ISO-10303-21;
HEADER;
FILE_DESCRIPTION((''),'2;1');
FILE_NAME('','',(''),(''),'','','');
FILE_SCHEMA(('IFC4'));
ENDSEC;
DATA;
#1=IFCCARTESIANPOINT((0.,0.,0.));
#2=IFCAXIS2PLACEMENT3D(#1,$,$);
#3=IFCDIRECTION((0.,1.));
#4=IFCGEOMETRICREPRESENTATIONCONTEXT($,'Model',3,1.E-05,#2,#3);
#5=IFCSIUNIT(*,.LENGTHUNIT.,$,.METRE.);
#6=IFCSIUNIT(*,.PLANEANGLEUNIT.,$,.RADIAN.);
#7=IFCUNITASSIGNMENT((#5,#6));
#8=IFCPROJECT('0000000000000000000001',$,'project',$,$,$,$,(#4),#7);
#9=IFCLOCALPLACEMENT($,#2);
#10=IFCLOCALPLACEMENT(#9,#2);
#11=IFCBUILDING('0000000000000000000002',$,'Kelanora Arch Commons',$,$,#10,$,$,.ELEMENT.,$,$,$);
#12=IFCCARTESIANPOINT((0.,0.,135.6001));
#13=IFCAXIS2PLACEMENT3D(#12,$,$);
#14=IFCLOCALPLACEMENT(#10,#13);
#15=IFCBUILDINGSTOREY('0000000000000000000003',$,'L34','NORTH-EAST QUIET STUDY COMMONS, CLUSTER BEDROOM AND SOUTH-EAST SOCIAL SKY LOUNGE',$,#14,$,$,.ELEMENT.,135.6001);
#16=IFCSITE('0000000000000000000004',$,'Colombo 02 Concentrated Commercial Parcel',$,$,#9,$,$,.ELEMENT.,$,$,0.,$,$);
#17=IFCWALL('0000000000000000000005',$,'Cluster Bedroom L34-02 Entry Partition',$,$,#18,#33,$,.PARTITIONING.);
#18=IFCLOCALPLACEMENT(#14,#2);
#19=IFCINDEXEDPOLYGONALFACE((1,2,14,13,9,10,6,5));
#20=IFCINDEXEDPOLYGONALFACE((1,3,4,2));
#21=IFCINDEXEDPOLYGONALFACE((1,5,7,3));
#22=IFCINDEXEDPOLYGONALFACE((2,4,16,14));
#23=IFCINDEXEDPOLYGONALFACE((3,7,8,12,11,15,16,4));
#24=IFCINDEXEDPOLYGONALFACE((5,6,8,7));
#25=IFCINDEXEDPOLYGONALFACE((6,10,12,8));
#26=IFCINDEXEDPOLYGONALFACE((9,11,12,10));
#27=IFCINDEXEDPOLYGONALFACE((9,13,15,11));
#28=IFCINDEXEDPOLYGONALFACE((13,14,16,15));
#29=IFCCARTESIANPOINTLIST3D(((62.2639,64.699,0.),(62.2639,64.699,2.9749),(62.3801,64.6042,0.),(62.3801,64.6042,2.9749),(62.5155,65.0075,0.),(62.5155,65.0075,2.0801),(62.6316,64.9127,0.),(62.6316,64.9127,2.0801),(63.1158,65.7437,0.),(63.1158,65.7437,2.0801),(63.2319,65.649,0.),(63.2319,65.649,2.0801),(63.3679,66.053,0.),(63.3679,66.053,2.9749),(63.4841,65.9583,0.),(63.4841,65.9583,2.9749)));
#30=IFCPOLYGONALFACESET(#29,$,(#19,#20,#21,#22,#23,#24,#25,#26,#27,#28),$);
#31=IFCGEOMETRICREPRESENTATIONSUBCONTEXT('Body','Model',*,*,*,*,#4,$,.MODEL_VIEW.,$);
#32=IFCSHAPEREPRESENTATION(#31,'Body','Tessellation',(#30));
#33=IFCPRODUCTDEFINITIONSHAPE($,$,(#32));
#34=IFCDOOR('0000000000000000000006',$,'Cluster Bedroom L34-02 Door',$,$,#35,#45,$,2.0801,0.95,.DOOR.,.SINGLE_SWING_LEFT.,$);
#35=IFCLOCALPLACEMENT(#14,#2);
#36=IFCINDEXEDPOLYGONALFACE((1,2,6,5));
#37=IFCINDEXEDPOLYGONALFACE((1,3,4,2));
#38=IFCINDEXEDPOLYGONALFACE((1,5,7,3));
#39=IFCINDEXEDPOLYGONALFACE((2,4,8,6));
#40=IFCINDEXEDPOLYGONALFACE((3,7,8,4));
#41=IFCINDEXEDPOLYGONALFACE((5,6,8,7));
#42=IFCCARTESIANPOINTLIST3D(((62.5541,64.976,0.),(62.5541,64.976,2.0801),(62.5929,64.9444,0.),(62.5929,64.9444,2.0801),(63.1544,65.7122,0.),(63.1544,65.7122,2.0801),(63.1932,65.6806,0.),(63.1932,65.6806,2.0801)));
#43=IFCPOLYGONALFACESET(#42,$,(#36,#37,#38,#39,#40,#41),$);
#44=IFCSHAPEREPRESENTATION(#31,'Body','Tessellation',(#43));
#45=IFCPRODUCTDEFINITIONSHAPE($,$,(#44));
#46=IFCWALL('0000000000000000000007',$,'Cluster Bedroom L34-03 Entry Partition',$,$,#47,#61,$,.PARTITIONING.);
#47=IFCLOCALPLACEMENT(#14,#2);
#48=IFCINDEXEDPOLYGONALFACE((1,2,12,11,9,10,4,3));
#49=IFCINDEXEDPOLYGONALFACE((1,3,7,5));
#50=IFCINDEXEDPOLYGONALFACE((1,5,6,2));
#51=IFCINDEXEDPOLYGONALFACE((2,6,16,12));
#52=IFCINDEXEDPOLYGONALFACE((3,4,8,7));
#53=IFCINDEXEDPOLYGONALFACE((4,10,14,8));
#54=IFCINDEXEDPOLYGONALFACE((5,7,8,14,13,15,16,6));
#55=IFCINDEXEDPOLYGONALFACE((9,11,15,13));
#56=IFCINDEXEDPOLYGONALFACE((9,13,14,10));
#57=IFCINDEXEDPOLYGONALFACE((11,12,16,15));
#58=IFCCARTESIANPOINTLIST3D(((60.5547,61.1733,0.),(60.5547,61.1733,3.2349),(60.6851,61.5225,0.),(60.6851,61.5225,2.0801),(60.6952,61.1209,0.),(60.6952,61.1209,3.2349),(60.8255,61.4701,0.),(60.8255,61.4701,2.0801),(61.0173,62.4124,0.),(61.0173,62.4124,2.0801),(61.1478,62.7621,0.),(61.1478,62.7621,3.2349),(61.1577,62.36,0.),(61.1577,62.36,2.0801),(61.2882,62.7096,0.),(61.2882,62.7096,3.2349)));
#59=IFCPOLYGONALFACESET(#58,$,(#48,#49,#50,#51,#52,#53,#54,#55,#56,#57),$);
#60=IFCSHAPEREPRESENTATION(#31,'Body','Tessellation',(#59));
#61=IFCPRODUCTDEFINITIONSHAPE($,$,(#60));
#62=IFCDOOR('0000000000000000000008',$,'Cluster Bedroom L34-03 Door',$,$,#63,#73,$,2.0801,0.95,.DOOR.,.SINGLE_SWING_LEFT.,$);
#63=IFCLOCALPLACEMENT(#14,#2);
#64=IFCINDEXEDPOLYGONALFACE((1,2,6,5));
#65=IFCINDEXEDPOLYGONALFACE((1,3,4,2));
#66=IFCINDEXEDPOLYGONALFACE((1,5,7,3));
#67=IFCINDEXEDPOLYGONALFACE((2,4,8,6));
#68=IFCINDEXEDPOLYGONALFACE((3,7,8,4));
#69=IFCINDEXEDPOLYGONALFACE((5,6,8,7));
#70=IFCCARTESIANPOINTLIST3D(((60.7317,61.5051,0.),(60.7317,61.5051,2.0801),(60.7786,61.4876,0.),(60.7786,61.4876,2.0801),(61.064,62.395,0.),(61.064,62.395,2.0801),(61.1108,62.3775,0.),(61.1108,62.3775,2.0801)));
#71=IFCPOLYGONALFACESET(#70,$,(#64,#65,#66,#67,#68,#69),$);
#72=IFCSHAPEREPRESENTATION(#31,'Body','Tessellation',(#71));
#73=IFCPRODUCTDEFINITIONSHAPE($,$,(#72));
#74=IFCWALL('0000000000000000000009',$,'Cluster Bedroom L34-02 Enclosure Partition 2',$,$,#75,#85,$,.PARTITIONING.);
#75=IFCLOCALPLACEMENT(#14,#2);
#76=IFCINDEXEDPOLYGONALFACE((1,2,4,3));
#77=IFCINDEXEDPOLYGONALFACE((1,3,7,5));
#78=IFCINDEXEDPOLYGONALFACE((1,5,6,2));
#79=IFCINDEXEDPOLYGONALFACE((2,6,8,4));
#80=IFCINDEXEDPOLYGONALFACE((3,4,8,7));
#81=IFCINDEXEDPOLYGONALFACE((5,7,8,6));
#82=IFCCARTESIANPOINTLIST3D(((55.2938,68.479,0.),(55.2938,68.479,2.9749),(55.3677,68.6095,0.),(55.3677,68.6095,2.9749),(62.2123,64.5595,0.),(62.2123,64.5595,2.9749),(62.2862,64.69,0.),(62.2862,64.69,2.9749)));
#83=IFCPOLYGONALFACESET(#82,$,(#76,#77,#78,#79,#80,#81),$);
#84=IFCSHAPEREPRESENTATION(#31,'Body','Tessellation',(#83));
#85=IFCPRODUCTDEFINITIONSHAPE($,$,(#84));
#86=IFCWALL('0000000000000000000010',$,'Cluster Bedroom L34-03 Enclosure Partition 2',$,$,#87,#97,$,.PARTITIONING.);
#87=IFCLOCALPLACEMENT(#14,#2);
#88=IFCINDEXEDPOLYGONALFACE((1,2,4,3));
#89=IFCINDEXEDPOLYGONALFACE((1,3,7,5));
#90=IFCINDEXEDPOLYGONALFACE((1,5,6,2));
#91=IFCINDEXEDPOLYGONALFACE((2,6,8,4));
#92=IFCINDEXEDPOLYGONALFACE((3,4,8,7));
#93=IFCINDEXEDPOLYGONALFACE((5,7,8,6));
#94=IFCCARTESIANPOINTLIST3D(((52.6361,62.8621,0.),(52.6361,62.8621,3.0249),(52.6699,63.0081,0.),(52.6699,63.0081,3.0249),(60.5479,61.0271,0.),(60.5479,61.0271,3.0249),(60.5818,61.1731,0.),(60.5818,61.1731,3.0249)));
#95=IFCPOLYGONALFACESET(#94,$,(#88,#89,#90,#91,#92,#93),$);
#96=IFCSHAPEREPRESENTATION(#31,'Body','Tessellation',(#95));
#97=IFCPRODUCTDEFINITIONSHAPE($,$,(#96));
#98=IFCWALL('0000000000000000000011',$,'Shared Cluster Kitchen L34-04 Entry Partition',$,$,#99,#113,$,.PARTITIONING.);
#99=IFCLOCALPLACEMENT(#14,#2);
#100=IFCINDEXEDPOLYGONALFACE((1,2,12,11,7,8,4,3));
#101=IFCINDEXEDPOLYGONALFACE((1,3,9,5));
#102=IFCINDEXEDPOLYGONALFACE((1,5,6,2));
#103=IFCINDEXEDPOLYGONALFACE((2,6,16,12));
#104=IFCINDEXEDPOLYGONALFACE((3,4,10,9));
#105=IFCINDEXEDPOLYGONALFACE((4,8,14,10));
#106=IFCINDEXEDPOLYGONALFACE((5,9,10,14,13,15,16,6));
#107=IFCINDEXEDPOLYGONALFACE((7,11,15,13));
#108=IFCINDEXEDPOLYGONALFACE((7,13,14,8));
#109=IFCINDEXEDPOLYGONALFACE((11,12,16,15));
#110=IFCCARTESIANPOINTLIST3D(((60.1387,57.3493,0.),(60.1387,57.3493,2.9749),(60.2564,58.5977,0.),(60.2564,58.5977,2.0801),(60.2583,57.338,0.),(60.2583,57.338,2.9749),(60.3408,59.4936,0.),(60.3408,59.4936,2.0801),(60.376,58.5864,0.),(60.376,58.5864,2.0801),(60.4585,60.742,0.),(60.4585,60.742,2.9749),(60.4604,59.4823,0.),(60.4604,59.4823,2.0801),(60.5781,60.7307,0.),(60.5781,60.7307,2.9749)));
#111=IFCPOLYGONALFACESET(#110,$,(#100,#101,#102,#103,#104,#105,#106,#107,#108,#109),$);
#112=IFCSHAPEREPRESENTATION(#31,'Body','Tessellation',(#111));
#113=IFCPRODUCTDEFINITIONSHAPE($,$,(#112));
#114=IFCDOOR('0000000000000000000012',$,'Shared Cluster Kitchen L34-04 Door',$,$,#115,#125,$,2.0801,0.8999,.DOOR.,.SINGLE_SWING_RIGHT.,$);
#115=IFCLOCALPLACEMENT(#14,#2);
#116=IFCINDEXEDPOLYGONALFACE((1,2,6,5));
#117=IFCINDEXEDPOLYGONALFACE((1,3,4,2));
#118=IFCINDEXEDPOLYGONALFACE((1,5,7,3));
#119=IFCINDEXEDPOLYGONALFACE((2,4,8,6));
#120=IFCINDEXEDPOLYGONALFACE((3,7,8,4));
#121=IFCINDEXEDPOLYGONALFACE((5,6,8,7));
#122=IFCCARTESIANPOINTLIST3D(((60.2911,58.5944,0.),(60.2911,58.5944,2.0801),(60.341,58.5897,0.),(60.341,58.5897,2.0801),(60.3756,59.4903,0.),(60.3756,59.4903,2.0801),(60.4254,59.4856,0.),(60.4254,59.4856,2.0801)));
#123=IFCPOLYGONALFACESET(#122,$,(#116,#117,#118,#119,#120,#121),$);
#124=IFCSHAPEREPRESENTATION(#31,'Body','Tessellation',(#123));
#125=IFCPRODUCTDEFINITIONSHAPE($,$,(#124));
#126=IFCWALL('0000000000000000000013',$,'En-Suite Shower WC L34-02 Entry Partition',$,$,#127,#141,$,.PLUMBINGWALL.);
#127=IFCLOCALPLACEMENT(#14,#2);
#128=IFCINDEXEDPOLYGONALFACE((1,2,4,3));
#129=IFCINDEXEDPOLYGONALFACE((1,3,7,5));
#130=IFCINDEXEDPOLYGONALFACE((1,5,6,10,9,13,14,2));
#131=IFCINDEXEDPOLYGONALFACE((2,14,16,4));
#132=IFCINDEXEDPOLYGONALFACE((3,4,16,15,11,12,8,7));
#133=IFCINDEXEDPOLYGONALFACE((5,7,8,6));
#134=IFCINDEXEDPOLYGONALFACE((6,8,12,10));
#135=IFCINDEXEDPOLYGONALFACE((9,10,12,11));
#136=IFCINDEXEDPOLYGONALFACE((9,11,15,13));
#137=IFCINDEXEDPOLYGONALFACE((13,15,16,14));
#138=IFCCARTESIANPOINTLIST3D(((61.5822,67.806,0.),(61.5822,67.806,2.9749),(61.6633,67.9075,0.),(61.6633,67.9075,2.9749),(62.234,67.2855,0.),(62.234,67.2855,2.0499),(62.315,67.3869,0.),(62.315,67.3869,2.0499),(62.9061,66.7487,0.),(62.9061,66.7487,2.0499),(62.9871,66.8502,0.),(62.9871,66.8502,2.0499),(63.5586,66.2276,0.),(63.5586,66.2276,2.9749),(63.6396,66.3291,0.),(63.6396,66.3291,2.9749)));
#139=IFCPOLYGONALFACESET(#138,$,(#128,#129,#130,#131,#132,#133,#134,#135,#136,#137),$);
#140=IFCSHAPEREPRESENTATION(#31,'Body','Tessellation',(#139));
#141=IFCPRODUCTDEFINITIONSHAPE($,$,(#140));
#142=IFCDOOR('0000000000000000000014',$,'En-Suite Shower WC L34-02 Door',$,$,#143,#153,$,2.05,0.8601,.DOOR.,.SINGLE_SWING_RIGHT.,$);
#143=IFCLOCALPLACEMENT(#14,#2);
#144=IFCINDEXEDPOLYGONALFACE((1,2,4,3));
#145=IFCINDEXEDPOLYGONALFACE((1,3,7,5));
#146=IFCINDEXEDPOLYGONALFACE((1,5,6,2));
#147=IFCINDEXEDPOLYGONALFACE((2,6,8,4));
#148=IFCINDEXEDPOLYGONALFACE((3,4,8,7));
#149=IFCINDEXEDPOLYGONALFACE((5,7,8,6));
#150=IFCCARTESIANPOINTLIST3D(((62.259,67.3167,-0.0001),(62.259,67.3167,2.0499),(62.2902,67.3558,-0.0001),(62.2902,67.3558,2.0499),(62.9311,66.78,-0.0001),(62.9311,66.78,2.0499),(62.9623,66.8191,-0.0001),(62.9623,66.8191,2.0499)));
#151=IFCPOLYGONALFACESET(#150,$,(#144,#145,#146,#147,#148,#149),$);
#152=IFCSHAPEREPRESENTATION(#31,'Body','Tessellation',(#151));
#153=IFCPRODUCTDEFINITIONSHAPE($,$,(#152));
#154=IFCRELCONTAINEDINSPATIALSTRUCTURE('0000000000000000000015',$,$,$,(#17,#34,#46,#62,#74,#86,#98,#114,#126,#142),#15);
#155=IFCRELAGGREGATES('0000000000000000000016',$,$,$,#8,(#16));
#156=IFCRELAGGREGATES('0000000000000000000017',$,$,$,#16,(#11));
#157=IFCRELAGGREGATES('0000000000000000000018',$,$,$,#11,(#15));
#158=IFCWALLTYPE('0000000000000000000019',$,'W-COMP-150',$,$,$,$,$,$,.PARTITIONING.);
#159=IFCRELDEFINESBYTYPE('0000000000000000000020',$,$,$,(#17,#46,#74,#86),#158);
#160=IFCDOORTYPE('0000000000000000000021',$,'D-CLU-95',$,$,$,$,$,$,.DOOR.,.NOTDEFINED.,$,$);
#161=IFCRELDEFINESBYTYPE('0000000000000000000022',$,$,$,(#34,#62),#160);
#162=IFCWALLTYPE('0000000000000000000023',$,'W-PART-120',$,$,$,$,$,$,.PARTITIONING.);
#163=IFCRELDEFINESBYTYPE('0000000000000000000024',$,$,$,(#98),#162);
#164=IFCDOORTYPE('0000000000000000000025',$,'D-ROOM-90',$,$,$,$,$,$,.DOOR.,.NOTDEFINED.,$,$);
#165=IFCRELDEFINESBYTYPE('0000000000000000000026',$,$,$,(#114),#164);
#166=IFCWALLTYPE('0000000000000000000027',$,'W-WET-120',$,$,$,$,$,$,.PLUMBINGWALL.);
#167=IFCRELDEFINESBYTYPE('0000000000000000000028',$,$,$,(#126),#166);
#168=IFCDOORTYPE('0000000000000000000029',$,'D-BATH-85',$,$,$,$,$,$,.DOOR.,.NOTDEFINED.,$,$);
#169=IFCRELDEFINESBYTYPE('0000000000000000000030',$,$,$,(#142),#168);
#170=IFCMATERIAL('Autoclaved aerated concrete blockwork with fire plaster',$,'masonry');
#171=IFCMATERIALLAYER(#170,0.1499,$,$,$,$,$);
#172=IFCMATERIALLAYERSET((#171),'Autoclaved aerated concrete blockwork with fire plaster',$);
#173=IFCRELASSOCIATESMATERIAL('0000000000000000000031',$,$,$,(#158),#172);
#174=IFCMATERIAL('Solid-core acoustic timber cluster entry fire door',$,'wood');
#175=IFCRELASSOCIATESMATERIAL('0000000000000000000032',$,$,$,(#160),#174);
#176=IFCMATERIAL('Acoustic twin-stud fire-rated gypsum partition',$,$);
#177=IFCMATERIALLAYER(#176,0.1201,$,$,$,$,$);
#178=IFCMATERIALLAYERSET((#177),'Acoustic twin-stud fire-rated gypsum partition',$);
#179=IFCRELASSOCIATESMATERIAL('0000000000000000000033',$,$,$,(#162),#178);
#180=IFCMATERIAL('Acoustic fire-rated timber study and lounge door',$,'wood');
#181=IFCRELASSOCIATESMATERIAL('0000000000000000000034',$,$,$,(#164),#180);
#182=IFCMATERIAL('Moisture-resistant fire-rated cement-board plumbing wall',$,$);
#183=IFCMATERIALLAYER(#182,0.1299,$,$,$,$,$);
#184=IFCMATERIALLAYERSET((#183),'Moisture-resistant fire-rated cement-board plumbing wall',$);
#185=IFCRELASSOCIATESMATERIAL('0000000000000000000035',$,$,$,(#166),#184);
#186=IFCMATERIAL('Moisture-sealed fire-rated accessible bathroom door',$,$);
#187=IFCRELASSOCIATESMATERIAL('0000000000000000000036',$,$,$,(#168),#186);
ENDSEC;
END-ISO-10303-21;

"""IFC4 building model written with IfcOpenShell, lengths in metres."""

from ifc_helpers import new_model, si_unit, direction, frame, frame_2d, origin, place, context, subcontext, project, spatial, rectangle, extrude, material, layer, layer_set, type_object, element, fill, save


model = new_model("IFC4")

# Units and contexts
model_context = context("Model", 3, precision=1e-05, world=origin(), true_north=direction((0.0, 1.0)))
body_context = subcontext(model_context, "Body", "Model", "MODEL_VIEW")
ifc_project = project(units=[si_unit("LENGTHUNIT", "METRE"), si_unit("PLANEANGLEUNIT", "RADIAN")], contexts=[model_context])

# Site, building, storey
site_placement = place(None, origin())
site = spatial("IfcSite", under=ifc_project, at=site_placement, Name="Colombo 02 Concentrated Commercial Parcel", CompositionType="ELEMENT", RefElevation=0.0)
building_placement = place(site_placement, origin())
building = spatial("IfcBuilding", under=site, at=building_placement, Name="Kelanora Arch Commons", CompositionType="ELEMENT")
storey_placement = place(building_placement, frame((0.0, 0.0, 135.6001)))
storey = spatial("IfcBuildingStorey", under=building, at=storey_placement, Name="L34", Description="NORTH-EAST QUIET STUDY COMMONS, CLUSTER BEDROOM AND SOUTH-EAST SOCIAL SKY LOUNGE", CompositionType="ELEMENT", Elevation=135.6001)

# Walls, openings, doors
ifc_material_1 = material(Name="Autoclaved aerated concrete blockwork with fire plaster", Category="masonry")
ifc_layer_1 = layer(ifc_material_1, 0.1499)
ifc_layer_set_1 = layer_set([ifc_layer_1], Name="Autoclaved aerated concrete blockwork with fire plaster")
wall_type_1 = type_object("IfcWallType", Name="W-COMP-150", PredefinedType="PARTITIONING", material=ifc_layer_set_1)
wall_1_placement = place(storey_placement, frame((63.426, 66.0056, 0.0), z_axis=(0.0, 0.0, 1.0), x_axis=(-0.631928, -0.775027, 0.0)))
wall_1 = element("IfcWall", 1, at=wall_1_placement, inside=storey, type_object=wall_type_1, Name="Cluster Bedroom L34-02 Entry Partition", PredefinedType="PARTITIONING", context=body_context, shape_type="SweptSolid", body=[
    extrude(rectangle(XDim=1.7471, YDim=0.1499, at=frame_2d((0.8735, 0.0))), origin(), (0.0, 0.0, 1.0), 2.9749),
])
opening_1_placement = place(wall_1_placement, frame((0.3989, 0.0, 0.0)))
opening_1 = element("IfcOpeningElement", 2, at=opening_1_placement, cuts=wall_1, PredefinedType="OPENING", context=body_context, shape_type="SweptSolid", body=[
    extrude(rectangle(XDim=0.95, YDim=2.0801, at=frame_2d((0.4751, 1.04))), frame((0.0, 0.085, 0.0), z_axis=(0.0, -1.0, 0.0), x_axis=(1.0, 0.0, 0.0)), (0.0, 0.0, 1.0), 0.1699),
])
ifc_material_2 = material(Name="Solid-core acoustic timber cluster entry fire door", Category="wood")
door_type_1 = type_object("IfcDoorType", Name="D-CLU-95", OperationType="NOTDEFINED", PredefinedType="DOOR", material=ifc_material_2)
door_1_placement = place(opening_1_placement, origin())
door_1 = element("IfcDoor", 3, at=door_1_placement, inside=storey, type_object=door_type_1, Name="Cluster Bedroom L34-02 Door", OperationType="SINGLE_SWING_LEFT", OverallHeight=2.0801, OverallWidth=0.95, PredefinedType="DOOR", context=body_context, shape_type="SweptSolid", body=[
    extrude(rectangle(XDim=0.95, YDim=2.0801, at=frame_2d((0.4751, 1.04))), frame((0.0, 0.0249, 0.0), z_axis=(0.0, -1.0, 0.0), x_axis=(1.0, 0.0, 0.0)), (0.0, 0.0, 1.0), 0.05),
])
fill(opening_1, door_1)
wall_2_placement = place(storey_placement, frame((61.218, 62.7358, 0.0), z_axis=(0.0, 0.0, 1.0), x_axis=(-0.349719, -0.936855, 0.0)))
wall_2 = element("IfcWall", 4, at=wall_2_placement, inside=storey, type_object=wall_type_1, Name="Cluster Bedroom L34-03 Entry Partition", PredefinedType="PARTITIONING", context=body_context, shape_type="SweptSolid", body=[
    extrude(rectangle(XDim=1.6958, YDim=0.1499, at=frame_2d((0.8479, 0.0))), origin(), (0.0, 0.0, 1.0), 3.2349),
])
opening_2_placement = place(wall_2_placement, frame((0.373, 0.0, 0.0)))
opening_2 = element("IfcOpeningElement", 5, at=opening_2_placement, cuts=wall_2, PredefinedType="OPENING", context=body_context, shape_type="SweptSolid", body=[
    extrude(rectangle(XDim=0.95, YDim=2.0801, at=frame_2d((0.4751, 1.04))), frame((0.0, 0.085, 0.0), z_axis=(0.0, -1.0, 0.0), x_axis=(1.0, 0.0, 0.0)), (0.0, 0.0, 1.0), 0.1699),
])
door_2_placement = place(opening_2_placement, origin())
door_2 = element("IfcDoor", 6, at=door_2_placement, inside=storey, type_object=door_type_1, Name="Cluster Bedroom L34-03 Door", OperationType="SINGLE_SWING_LEFT", OverallHeight=2.0801, OverallWidth=0.95, PredefinedType="DOOR", context=body_context, shape_type="SweptSolid", body=[
    extrude(rectangle(XDim=0.95, YDim=2.0801, at=frame_2d((0.4751, 1.04))), frame((0.0, 0.0249, 0.0), z_axis=(0.0, -1.0, 0.0), x_axis=(1.0, 0.0, 0.0)), (0.0, 0.0, 1.0), 0.05),
])
fill(opening_2, door_2)

# Walls
wall_3_placement = place(storey_placement, frame((62.2493, 64.6248, 0.0), z_axis=(0.0, 0.0, 1.0), x_axis=(-0.870077, 0.492915, 0.0)))
element("IfcWall", 7, at=wall_3_placement, inside=storey, type_object=wall_type_1, Name="Cluster Bedroom L34-02 Enclosure Partition 2", PredefinedType="PARTITIONING", context=body_context, shape_type="SweptSolid", body=[
    extrude(rectangle(XDim=7.9517, YDim=0.1499, at=frame_2d((3.9758, 0.0))), origin(), (0.0, 0.0, 1.0), 2.9749),
])
wall_4_placement = place(storey_placement, frame((60.5649, 61.1001, 0.0), z_axis=(0.0, 0.0, 1.0), x_axis=(-0.974144, 0.225929, 0.0)))
element("IfcWall", 8, at=wall_4_placement, inside=storey, type_object=wall_type_1, Name="Cluster Bedroom L34-03 Enclosure Partition 2", PredefinedType="PARTITIONING", context=body_context, shape_type="SweptSolid", body=[
    extrude(rectangle(XDim=8.1218, YDim=0.1499, at=frame_2d((4.061, 0.0))), origin(), (0.0, 0.0, 1.0), 3.0249),
])

# Walls, openings, doors
ifc_material_3 = material(Name="Acoustic twin-stud fire-rated gypsum partition")
ifc_layer_2 = layer(ifc_material_3, 0.1201)
ifc_layer_set_2 = layer_set([ifc_layer_2], Name="Acoustic twin-stud fire-rated gypsum partition")
wall_type_2 = type_object("IfcWallType", Name="W-PART-120", PredefinedType="PARTITIONING", material=ifc_layer_set_2)
wall_5_placement = place(storey_placement, frame((60.5183, 60.7363, 0.0), z_axis=(0.0, 0.0, 1.0), x_axis=(-0.093856, -0.995586, 0.0)))
wall_5 = element("IfcWall", 9, at=wall_5_placement, inside=storey, type_object=wall_type_2, Name="Shared Cluster Kitchen L34-04 Entry Partition", PredefinedType="PARTITIONING", context=body_context, shape_type="SweptSolid", body=[
    extrude(rectangle(XDim=3.4077, YDim=0.1201, at=frame_2d((1.7039, 0.0))), origin(), (0.0, 0.0, 1.0), 2.9749),
])
opening_3_placement = place(wall_5_placement, frame((1.2539, 0.0, 0.0)))
opening_3 = element("IfcOpeningElement", 10, at=opening_3_placement, cuts=wall_5, PredefinedType="OPENING", context=body_context, shape_type="SweptSolid", body=[
    extrude(rectangle(XDim=0.8999, YDim=2.0801, at=frame_2d((0.45, 1.04))), frame((0.0, 0.0701, 0.0), z_axis=(0.0, -1.0, 0.0), x_axis=(1.0, 0.0, 0.0)), (0.0, 0.0, 1.0), 0.1401),
])
ifc_material_4 = material(Name="Acoustic fire-rated timber study and lounge door", Category="wood")
door_type_2 = type_object("IfcDoorType", Name="D-ROOM-90", OperationType="NOTDEFINED", PredefinedType="DOOR", material=ifc_material_4)
door_3_placement = place(opening_3_placement, origin())
door_3 = element("IfcDoor", 11, at=door_3_placement, inside=storey, type_object=door_type_2, Name="Shared Cluster Kitchen L34-04 Door", OperationType="SINGLE_SWING_RIGHT", OverallHeight=2.0801, OverallWidth=0.8999, PredefinedType="DOOR", context=body_context, shape_type="SweptSolid", body=[
    extrude(rectangle(XDim=0.8999, YDim=2.0801, at=frame_2d((0.45, 1.04))), frame((0.0, 0.0249, 0.0), z_axis=(0.0, -1.0, 0.0), x_axis=(1.0, 0.0, 0.0)), (0.0, 0.0, 1.0), 0.05),
])
fill(opening_3, door_3)
ifc_material_5 = material(Name="Moisture-resistant fire-rated cement-board plumbing wall")
ifc_layer_3 = layer(ifc_material_5, 0.1299)
ifc_layer_set_3 = layer_set([ifc_layer_3], Name="Moisture-resistant fire-rated cement-board plumbing wall")
wall_type_3 = type_object("IfcWallType", Name="W-WET-120", PredefinedType="PLUMBINGWALL", material=ifc_layer_set_3)
wall_6_placement = place(storey_placement, frame((63.5991, 66.2783, 0.0), z_axis=(0.0, 0.0, 1.0), x_axis=(-0.781386, 0.624047, 0.0)))
wall_6 = element("IfcWall", 12, at=wall_6_placement, inside=storey, type_object=wall_type_3, Name="En-Suite Shower WC L34-02 Entry Partition", PredefinedType="PLUMBINGWALL", context=body_context, shape_type="SweptSolid", body=[
    extrude(rectangle(XDim=2.5293, YDim=0.1299, at=frame_2d((1.2646, 0.0))), origin(), (0.0, 0.0, 1.0), 2.9749),
])
opening_4_placement = place(wall_6_placement, frame((0.835, 0.0, 0.0)))
opening_4 = element("IfcOpeningElement", 13, at=opening_4_placement, cuts=wall_6, PredefinedType="OPENING", context=body_context, shape_type="SweptSolid", body=[
    extrude(rectangle(XDim=0.8601, YDim=2.05, at=frame_2d((0.4302, 1.0249))), frame((0.0, 0.075, 0.0), z_axis=(0.0, -1.0, 0.0), x_axis=(1.0, 0.0, 0.0)), (0.0, 0.0, 1.0), 0.1499),
])
ifc_material_6 = material(Name="Moisture-sealed fire-rated accessible bathroom door")
door_type_3 = type_object("IfcDoorType", Name="D-BATH-85", OperationType="NOTDEFINED", PredefinedType="DOOR", material=ifc_material_6)
door_4_placement = place(opening_4_placement, origin())
door_4 = element("IfcDoor", 14, at=door_4_placement, inside=storey, type_object=door_type_3, Name="En-Suite Shower WC L34-02 Door", OperationType="SINGLE_SWING_RIGHT", OverallHeight=2.05, OverallWidth=0.8601, PredefinedType="DOOR", context=body_context, shape_type="SweptSolid", body=[
    extrude(rectangle(XDim=0.8601, YDim=2.05, at=frame_2d((0.4302, 1.0249))), frame((0.0, 0.0249, 0.0), z_axis=(0.0, -1.0, 0.0), x_axis=(1.0, 0.0, 0.0)), (0.0, 0.0, 1.0), 0.05),
])
fill(opening_4, door_4)

save(model, "model.ifc")
